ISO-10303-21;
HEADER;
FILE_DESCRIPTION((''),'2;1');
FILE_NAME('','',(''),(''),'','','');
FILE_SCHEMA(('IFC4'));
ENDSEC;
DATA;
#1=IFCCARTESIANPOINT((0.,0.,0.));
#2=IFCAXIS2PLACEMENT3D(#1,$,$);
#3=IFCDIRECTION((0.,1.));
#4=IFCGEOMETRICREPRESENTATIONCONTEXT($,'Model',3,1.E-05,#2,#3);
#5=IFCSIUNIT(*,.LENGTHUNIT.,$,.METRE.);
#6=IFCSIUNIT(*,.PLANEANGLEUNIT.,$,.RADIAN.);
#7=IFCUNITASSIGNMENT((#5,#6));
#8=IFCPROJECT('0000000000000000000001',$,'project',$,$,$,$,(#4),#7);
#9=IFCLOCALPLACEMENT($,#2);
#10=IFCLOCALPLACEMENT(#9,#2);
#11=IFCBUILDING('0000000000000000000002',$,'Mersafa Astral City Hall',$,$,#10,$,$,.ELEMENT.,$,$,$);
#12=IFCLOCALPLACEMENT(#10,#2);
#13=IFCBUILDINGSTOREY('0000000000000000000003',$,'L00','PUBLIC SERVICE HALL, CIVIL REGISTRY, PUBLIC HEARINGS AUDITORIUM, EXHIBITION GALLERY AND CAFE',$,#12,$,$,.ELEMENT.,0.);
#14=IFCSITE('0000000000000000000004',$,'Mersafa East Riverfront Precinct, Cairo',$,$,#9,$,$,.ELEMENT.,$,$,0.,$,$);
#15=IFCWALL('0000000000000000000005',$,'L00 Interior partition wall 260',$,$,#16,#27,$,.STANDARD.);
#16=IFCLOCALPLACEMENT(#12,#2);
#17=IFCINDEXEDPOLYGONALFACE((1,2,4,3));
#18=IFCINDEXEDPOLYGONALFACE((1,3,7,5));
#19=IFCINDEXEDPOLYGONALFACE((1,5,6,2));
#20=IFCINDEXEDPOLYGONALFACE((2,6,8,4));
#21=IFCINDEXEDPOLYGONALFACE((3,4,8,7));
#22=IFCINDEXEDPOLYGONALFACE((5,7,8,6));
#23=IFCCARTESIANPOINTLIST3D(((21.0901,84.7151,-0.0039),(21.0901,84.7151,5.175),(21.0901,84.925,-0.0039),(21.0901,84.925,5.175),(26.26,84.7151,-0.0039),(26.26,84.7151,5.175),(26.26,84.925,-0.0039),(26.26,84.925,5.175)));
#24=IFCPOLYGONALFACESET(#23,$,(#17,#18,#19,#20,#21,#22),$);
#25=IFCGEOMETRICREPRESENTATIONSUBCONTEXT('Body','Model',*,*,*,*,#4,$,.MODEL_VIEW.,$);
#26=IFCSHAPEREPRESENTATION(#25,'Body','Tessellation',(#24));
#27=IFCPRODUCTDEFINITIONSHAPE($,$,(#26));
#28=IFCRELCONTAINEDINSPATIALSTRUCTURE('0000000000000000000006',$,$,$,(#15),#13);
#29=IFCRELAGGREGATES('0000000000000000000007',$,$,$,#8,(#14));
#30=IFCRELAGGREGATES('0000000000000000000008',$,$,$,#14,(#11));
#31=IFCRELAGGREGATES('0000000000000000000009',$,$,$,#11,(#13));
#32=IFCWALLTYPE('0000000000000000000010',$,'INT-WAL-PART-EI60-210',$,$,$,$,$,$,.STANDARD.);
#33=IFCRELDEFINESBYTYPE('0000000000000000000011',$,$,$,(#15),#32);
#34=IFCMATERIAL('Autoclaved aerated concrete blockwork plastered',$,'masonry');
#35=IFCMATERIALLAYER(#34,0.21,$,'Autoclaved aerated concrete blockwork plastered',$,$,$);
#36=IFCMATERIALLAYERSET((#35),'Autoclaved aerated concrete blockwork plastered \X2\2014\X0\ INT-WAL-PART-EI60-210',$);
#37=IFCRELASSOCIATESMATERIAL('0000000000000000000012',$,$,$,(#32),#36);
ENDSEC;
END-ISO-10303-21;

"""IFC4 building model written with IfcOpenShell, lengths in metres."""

from ifc_helpers import new_model, si_unit, direction, frame, frame_2d, origin, place, context, subcontext, project, spatial, rectangle, extrude, material, layer, layer_set, type_object, element, save


model = new_model("IFC4")

# Units and contexts
model_context = context("Model", 3, precision=1e-05, world=origin(), true_north=direction((0.0, 1.0)))
body_context = subcontext(model_context, "Body", "Model", "MODEL_VIEW")
ifc_project = project(units=[si_unit("LENGTHUNIT", "METRE"), si_unit("PLANEANGLEUNIT", "RADIAN")], contexts=[model_context])

# Site, building, storey
site_placement = place(None, origin())
site = spatial("IfcSite", under=ifc_project, at=site_placement, Name="Mersafa East Riverfront Precinct, Cairo", CompositionType="ELEMENT", RefElevation=0.0)
building_placement = place(site_placement, origin())
building = spatial("IfcBuilding", under=site, at=building_placement, Name="Mersafa Astral City Hall", CompositionType="ELEMENT")
storey_placement = place(building_placement, origin())
storey = spatial("IfcBuildingStorey", under=building, at=storey_placement, Name="L00", Description="PUBLIC SERVICE HALL, CIVIL REGISTRY, PUBLIC HEARINGS AUDITORIUM, EXHIBITION GALLERY AND CAFE", CompositionType="ELEMENT", Elevation=0.0)

# Shared definitions
ifc_material_1 = material(Name="Autoclaved aerated concrete blockwork plastered", Category="masonry")
ifc_layer_1 = layer(ifc_material_1, 0.21, Name="Autoclaved aerated concrete blockwork plastered")
ifc_layer_set_1 = layer_set([ifc_layer_1], Name="Autoclaved aerated concrete blockwork plastered — INT-WAL-PART-EI60-210")
wall_type_1 = type_object("IfcWallType", Name="INT-WAL-PART-EI60-210", PredefinedType="STANDARD", material=ifc_layer_set_1)

# Wall
wall_1_placement = place(storey_placement, frame((21.0901, 84.8201, -0.0039), z_axis=(0.0, 0.0, 1.0), x_axis=(1.0, 0.0, 0.0)))
element("IfcWall", 1, at=wall_1_placement, inside=storey, type_object=wall_type_1, Name="L00 Interior partition wall 260", PredefinedType="STANDARD", context=body_context, shape_type="SweptSolid", body=[
    extrude(rectangle(XDim=5.1699, YDim=0.21, at=frame_2d((2.585, 0.0))), origin(), (0.0, 0.0, 1.0), 5.179),
])

save(model, "model.ifc")
